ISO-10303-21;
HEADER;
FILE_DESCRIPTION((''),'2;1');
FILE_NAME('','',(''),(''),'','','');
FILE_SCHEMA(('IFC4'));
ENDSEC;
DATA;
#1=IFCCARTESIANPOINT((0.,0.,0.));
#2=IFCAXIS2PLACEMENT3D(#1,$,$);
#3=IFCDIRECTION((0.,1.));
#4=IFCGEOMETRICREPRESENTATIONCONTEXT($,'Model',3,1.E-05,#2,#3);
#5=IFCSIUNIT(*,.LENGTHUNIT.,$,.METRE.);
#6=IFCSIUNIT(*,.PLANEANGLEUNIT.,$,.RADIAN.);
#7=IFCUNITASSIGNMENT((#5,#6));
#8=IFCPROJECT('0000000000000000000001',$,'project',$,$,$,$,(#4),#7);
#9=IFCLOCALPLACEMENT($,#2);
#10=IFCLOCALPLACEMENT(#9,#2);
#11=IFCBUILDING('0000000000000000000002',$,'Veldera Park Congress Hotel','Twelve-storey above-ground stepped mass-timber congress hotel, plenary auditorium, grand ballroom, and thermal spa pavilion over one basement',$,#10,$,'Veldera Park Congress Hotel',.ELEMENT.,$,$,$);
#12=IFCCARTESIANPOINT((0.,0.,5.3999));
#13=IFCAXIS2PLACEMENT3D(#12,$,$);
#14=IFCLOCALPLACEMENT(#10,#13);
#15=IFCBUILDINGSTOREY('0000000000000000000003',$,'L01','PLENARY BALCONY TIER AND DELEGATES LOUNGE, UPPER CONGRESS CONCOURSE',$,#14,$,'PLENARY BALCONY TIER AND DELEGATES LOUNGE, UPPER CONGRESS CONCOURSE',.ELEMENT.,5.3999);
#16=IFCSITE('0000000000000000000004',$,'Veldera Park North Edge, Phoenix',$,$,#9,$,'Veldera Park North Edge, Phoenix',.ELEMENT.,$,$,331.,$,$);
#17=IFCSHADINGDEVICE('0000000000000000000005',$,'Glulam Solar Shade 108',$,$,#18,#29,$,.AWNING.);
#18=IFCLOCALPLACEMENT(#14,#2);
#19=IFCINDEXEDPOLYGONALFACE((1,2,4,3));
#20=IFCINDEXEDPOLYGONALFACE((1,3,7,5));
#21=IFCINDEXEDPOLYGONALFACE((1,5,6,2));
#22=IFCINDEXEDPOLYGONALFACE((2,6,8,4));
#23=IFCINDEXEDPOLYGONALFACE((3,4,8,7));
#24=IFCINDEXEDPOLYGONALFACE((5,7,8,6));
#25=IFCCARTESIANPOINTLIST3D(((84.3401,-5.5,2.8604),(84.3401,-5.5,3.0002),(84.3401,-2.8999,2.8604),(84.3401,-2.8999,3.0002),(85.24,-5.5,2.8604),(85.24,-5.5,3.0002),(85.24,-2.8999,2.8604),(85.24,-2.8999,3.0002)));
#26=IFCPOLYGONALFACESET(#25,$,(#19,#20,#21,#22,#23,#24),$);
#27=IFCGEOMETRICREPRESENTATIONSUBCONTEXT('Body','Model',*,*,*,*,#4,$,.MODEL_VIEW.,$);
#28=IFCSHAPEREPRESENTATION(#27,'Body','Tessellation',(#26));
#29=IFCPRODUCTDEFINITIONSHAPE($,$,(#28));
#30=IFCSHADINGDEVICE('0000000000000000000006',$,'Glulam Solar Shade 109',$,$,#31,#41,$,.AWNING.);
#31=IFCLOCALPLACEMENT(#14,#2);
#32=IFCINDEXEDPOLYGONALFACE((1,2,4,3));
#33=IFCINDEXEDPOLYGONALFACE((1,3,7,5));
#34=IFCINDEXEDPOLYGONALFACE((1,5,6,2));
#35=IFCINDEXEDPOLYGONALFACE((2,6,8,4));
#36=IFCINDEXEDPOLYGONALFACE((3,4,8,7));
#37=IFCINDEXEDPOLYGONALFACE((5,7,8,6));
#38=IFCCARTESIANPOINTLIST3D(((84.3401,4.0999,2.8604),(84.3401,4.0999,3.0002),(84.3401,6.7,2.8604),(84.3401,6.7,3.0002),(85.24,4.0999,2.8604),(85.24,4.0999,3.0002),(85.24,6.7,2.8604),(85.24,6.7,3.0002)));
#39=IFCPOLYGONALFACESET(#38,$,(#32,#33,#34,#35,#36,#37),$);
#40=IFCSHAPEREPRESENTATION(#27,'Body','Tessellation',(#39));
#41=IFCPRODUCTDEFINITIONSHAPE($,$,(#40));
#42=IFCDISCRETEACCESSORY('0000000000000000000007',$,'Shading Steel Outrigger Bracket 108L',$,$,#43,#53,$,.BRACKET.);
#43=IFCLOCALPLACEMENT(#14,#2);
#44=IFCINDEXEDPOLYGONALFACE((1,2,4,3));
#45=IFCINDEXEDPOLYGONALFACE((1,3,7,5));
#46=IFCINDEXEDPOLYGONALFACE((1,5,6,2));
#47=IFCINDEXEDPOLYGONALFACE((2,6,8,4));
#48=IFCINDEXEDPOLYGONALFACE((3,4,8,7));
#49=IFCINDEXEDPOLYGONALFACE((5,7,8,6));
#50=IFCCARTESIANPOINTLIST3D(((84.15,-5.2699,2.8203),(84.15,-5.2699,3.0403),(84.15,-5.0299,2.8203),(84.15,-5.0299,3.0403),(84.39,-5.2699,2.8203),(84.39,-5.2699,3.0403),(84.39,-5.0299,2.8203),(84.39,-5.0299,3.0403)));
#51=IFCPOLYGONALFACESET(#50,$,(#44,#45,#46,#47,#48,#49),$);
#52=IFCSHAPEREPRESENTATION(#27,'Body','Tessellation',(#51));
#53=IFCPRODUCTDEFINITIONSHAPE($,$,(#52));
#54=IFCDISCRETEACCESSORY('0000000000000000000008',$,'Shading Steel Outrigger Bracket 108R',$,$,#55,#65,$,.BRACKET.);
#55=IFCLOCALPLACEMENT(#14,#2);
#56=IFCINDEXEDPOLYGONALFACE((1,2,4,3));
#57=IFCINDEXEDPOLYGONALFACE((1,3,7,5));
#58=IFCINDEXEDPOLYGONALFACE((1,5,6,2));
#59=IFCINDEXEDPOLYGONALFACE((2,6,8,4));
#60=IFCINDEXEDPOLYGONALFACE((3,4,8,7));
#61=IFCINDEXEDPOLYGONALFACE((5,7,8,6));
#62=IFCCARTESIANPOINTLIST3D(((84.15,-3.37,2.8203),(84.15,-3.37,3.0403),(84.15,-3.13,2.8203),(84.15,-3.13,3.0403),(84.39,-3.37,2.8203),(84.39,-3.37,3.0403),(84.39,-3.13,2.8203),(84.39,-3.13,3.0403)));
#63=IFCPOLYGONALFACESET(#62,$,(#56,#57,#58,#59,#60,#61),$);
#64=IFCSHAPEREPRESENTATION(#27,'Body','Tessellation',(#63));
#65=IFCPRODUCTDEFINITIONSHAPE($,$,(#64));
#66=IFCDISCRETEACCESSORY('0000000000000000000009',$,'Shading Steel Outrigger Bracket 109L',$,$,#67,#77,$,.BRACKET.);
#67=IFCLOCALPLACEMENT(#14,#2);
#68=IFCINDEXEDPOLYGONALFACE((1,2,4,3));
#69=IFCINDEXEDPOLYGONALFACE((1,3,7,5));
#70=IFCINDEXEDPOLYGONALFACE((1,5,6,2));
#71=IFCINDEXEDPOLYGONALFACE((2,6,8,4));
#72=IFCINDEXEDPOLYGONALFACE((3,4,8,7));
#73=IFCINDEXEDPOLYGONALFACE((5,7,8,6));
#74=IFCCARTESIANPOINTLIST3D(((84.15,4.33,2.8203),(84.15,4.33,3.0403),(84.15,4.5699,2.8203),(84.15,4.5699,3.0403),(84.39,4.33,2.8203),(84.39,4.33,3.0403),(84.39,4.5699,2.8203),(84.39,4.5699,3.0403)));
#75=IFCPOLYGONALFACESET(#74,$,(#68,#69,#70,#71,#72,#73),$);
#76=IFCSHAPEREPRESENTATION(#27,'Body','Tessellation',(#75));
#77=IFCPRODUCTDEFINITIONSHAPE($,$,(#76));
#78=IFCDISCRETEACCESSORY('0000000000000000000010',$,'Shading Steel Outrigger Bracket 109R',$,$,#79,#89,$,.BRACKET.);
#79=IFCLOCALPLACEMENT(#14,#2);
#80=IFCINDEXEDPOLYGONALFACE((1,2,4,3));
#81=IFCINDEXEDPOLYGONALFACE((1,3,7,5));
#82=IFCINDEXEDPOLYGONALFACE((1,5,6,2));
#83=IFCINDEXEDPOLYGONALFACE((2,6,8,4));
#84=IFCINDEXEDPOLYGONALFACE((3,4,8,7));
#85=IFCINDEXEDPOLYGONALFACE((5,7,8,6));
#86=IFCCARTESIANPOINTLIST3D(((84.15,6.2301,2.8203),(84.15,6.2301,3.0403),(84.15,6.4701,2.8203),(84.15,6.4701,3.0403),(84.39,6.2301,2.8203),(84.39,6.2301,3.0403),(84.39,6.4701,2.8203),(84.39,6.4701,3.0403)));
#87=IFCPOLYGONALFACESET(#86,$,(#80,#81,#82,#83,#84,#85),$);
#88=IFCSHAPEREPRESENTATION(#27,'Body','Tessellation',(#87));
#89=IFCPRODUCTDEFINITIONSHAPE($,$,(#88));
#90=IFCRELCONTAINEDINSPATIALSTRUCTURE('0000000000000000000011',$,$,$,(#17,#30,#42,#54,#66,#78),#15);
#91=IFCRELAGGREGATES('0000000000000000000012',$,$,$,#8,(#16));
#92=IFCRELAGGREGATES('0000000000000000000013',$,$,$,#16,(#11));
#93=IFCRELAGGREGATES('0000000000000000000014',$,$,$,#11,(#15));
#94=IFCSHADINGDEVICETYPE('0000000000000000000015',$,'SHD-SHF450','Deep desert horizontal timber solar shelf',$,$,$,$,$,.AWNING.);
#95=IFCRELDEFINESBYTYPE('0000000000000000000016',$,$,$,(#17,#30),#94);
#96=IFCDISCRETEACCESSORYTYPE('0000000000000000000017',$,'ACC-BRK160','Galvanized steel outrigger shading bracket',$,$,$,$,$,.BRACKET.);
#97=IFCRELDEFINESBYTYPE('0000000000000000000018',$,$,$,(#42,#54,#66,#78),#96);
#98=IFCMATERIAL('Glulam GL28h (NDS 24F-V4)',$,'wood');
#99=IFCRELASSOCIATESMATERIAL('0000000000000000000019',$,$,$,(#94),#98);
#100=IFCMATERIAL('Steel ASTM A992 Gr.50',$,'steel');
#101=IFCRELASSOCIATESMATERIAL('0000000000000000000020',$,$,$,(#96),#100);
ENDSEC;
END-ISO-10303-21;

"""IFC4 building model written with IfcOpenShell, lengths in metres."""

from ifc_helpers import new_model, si_unit, direction, frame, origin, origin_2d, place, context, subcontext, project, spatial, rectangle, extrude, material, type_object, element, save


model = new_model("IFC4")

# Units and contexts
model_context = context("Model", 3, precision=1e-05, world=origin(), true_north=direction((0.0, 1.0)))
body_context = subcontext(model_context, "Body", "Model", "MODEL_VIEW")
ifc_project = project(units=[si_unit("LENGTHUNIT", "METRE"), si_unit("PLANEANGLEUNIT", "RADIAN")], contexts=[model_context])

# Site, building, storey
site_placement = place(None, origin())
site = spatial("IfcSite", under=ifc_project, at=site_placement, Name="Veldera Park North Edge, Phoenix", LongName="Veldera Park North Edge, Phoenix", CompositionType="ELEMENT", RefElevation=331.0)
building_placement = place(site_placement, origin())
building = spatial("IfcBuilding", under=site, at=building_placement, Name="Veldera Park Congress Hotel", Description="Twelve-storey above-ground stepped mass-timber congress hotel, plenary auditorium, grand ballroom, and thermal spa pavilion over one basement", LongName="Veldera Park Congress Hotel", CompositionType="ELEMENT")
storey_placement = place(building_placement, frame((0.0, 0.0, 5.3999)))
storey = spatial("IfcBuildingStorey", under=building, at=storey_placement, Name="L01", Description="PLENARY BALCONY TIER AND DELEGATES LOUNGE, UPPER CONGRESS CONCOURSE", LongName="PLENARY BALCONY TIER AND DELEGATES LOUNGE, UPPER CONGRESS CONCOURSE", CompositionType="ELEMENT", Elevation=5.3999)

# Shared definitions
ifc_material_1 = material(Name="Steel ASTM A992 Gr.50", Category="steel")

# Shading devices
ifc_material_2 = material(Name="Glulam GL28h (NDS 24F-V4)", Category="wood")
shading_device_type = type_object("IfcShadingDeviceType", Name="SHD-SHF450", Description="Deep desert horizontal timber solar shelf", PredefinedType="AWNING", material=ifc_material_2)
for number, where, z_axis, x_axis, name in (
    (1, (84.79, -4.2, 2.8604), (0.0, 0.0, 1.0), (0.0, 1.0, 0.0), "Glulam Solar Shade 108"),
    (2, (84.79, 5.3999, 2.8604), (0.0, 0.0, 1.0), (0.0, 1.0, 0.0), "Glulam Solar Shade 109"),
):
    element("IfcShadingDevice", number, at=place(storey_placement, frame(where, z_axis=z_axis, x_axis=x_axis)), inside=storey, type_object=shading_device_type, Name=name, PredefinedType="AWNING", context=body_context, shape_type="SweptSolid", body=[
        extrude(rectangle(XDim=2.6001, YDim=0.8999, at=origin_2d()), origin(), (0.0, 0.0, 1.0), 0.1399),
    ])

# Discrete accessories
discrete_accessory_type = type_object("IfcDiscreteAccessoryType", Name="ACC-BRK160", Description="Galvanized steel outrigger shading bracket", PredefinedType="BRACKET", material=ifc_material_1)
for number, where, z_axis, x_axis, name in (
    (3, (84.27, -5.1499, 2.8203), (0.0, 0.0, 1.0), (0.0, 1.0, 0.0), "Shading Steel Outrigger Bracket 108L"),
    (4, (84.27, -3.25, 2.8203), (0.0, 0.0, 1.0), (0.0, 1.0, 0.0), "Shading Steel Outrigger Bracket 108R"),
    (5, (84.27, 4.45, 2.8203), (0.0, 0.0, 1.0), (0.0, 1.0, 0.0), "Shading Steel Outrigger Bracket 109L"),
    (6, (84.27, 6.3501, 2.8203), (0.0, 0.0, 1.0), (0.0, 1.0, 0.0), "Shading Steel Outrigger Bracket 109R"),
):
    element("IfcDiscreteAccessory", number, at=place(storey_placement, frame(where, z_axis=z_axis, x_axis=x_axis)), inside=storey, type_object=discrete_accessory_type, Name=name, PredefinedType="BRACKET", context=body_context, shape_type="SweptSolid", body=[
        extrude(rectangle(XDim=0.24, YDim=0.24, at=origin_2d()), origin(), (0.0, 0.0, 1.0), 0.22),
    ])

save(model, "model.ifc")
